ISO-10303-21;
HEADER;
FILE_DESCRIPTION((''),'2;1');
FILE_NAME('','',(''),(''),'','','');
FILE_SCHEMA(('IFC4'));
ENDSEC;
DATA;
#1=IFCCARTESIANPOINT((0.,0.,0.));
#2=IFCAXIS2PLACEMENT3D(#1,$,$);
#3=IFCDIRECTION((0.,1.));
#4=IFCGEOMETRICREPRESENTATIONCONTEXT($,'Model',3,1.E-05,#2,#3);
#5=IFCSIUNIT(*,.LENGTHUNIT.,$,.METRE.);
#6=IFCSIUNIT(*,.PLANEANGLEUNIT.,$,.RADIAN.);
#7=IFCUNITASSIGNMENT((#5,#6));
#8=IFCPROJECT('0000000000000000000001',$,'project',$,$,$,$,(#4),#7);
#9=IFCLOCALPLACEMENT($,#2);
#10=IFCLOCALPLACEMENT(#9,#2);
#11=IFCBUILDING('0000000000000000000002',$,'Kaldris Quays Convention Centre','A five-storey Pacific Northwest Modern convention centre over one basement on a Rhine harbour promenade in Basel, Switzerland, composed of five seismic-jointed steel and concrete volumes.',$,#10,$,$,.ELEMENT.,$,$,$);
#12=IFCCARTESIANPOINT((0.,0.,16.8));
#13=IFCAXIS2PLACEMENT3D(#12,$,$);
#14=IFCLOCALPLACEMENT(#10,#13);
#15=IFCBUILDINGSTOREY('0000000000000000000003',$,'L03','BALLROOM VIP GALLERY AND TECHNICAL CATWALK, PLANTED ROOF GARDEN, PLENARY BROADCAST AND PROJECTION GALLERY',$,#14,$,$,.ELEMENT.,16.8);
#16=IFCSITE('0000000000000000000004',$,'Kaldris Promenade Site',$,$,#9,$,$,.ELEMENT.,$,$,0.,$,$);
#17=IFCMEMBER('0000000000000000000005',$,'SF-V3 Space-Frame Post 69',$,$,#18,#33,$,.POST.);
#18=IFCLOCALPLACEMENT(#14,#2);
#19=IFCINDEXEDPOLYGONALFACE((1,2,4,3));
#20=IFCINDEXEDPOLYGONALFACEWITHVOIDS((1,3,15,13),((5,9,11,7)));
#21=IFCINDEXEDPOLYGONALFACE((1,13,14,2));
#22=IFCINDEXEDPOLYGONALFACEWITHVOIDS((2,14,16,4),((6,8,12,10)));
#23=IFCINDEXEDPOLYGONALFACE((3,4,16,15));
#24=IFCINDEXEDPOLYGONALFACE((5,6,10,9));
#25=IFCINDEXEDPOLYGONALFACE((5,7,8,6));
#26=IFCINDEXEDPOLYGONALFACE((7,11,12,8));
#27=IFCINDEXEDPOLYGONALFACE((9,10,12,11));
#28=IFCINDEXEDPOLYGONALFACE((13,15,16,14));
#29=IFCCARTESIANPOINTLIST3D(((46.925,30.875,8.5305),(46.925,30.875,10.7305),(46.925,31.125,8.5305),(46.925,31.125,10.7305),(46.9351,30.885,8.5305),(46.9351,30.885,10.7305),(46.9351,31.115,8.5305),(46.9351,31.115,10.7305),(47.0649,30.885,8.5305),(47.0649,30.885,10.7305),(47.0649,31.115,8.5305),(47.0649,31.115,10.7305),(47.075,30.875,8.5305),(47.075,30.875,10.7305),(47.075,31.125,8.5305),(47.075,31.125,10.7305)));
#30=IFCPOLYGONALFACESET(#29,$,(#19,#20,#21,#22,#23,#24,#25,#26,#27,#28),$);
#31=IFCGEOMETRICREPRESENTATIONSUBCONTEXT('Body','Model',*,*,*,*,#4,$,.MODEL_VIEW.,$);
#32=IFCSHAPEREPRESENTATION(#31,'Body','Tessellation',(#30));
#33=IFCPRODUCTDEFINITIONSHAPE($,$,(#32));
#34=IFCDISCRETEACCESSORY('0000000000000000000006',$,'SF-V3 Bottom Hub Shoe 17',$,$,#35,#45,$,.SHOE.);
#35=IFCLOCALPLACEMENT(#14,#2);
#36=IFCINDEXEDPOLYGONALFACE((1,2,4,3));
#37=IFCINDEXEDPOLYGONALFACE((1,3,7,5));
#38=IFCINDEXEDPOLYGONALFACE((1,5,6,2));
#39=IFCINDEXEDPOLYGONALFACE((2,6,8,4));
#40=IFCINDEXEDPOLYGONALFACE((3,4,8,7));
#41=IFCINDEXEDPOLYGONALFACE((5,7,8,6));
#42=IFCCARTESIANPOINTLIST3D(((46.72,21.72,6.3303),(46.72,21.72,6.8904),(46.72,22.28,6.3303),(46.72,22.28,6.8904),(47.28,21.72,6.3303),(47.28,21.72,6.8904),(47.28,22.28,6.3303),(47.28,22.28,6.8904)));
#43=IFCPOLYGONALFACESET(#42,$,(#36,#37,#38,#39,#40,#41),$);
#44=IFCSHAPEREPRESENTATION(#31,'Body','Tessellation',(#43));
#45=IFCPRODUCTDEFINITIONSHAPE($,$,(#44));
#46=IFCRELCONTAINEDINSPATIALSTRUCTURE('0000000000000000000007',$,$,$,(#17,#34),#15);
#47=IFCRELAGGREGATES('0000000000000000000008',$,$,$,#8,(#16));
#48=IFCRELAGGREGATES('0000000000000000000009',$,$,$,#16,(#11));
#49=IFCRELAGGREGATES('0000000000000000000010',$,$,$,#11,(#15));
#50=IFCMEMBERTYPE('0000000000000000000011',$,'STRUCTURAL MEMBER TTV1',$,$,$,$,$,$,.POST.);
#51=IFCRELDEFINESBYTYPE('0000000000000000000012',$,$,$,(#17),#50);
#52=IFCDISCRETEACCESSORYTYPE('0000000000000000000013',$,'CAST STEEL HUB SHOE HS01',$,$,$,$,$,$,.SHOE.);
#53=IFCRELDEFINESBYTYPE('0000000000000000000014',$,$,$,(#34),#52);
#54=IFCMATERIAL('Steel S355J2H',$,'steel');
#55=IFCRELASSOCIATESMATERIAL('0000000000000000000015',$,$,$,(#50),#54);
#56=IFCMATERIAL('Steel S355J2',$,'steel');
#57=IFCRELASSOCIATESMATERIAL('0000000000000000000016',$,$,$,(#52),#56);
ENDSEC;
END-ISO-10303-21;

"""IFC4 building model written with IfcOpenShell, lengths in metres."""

from ifc_helpers import new_model, si_unit, direction, frame, origin, origin_2d, place, context, subcontext, project, spatial, rectangle, hollow_rectangle, extrude, material, material_profile, profile_set, type_object, element, save


model = new_model("IFC4")

# Units and contexts
model_context = context("Model", 3, precision=1e-05, world=origin(), true_north=direction((0.0, 1.0)))
body_context = subcontext(model_context, "Body", "Model", "MODEL_VIEW")
ifc_project = project(units=[si_unit("LENGTHUNIT", "METRE"), si_unit("PLANEANGLEUNIT", "RADIAN")], contexts=[model_context])

# Site, building, storey
site_placement = place(None, origin())
site = spatial("IfcSite", under=ifc_project, at=site_placement, Name="Kaldris Promenade Site", CompositionType="ELEMENT", RefElevation=0.0)
building_placement = place(site_placement, origin())
building = spatial("IfcBuilding", under=site, at=building_placement, Name="Kaldris Quays Convention Centre", Description="A five-storey Pacific Northwest Modern convention centre over one basement on a Rhine harbour promenade in Basel, Switzerland, composed of five seismic-jointed steel and concrete volumes.", CompositionType="ELEMENT")
storey_placement = place(building_placement, frame((0.0, 0.0, 16.8)))
storey = spatial("IfcBuildingStorey", under=building, at=storey_placement, Name="L03", Description="BALLROOM VIP GALLERY AND TECHNICAL CATWALK, PLANTED ROOF GARDEN, PLENARY BROADCAST AND PROJECTION GALLERY", CompositionType="ELEMENT", Elevation=16.8)

# Member
ifc_material_1 = material(Name="Steel S355J2H", Category="steel")
ifc_material_profile_1 = material_profile(ifc_material_1, hollow_rectangle(XDim=0.1499, YDim=0.25, WallThickness=0.01, at=origin_2d()), Name="RHS 250x150x10")
ifc_profile_set_1 = profile_set([ifc_material_profile_1], Name="Steel S355J2H")
member_type_1 = type_object("IfcMemberType", Name="STRUCTURAL MEMBER TTV1", PredefinedType="POST", material=ifc_profile_set_1)
for number, where, z_axis, x_axis, name in (
    (1, (47.0, 31.0, 8.5305), (0.0, 0.0, 1.0), (1.0, 0.0, 0.0), "SF-V3 Space-Frame Post 69"),
):
    element("IfcMember", number, at=place(storey_placement, frame(where, z_axis=z_axis, x_axis=x_axis)), inside=storey, type_object=member_type_1, Name=name, PredefinedType="POST", context=body_context, shape_type="SweptSolid", body=[
        extrude(hollow_rectangle(XDim=0.1499, YDim=0.25, WallThickness=0.01, at=origin_2d()), origin(), (0.0, 0.0, 1.0), 2.2),
    ])

# Discrete accessory
ifc_material_2 = material(Name="Steel S355J2", Category="steel")
discrete_accessory_type = type_object("IfcDiscreteAccessoryType", Name="CAST STEEL HUB SHOE HS01", PredefinedType="SHOE", material=ifc_material_2)
discrete_accessory_placement = place(storey_placement, frame((47.0, 22.0, 6.3303), z_axis=(0.0, 0.0, 1.0), x_axis=(1.0, 0.0, 0.0)))
element("IfcDiscreteAccessory", 2, at=discrete_accessory_placement, inside=storey, type_object=discrete_accessory_type, Name="SF-V3 Bottom Hub Shoe 17", PredefinedType="SHOE", context=body_context, shape_type="SweptSolid", body=[
    extrude(rectangle(XDim=0.5601, YDim=0.5601, at=origin_2d()), origin(), (0.0, 0.0, 1.0), 0.5601),
])

save(model, "model.ifc")
